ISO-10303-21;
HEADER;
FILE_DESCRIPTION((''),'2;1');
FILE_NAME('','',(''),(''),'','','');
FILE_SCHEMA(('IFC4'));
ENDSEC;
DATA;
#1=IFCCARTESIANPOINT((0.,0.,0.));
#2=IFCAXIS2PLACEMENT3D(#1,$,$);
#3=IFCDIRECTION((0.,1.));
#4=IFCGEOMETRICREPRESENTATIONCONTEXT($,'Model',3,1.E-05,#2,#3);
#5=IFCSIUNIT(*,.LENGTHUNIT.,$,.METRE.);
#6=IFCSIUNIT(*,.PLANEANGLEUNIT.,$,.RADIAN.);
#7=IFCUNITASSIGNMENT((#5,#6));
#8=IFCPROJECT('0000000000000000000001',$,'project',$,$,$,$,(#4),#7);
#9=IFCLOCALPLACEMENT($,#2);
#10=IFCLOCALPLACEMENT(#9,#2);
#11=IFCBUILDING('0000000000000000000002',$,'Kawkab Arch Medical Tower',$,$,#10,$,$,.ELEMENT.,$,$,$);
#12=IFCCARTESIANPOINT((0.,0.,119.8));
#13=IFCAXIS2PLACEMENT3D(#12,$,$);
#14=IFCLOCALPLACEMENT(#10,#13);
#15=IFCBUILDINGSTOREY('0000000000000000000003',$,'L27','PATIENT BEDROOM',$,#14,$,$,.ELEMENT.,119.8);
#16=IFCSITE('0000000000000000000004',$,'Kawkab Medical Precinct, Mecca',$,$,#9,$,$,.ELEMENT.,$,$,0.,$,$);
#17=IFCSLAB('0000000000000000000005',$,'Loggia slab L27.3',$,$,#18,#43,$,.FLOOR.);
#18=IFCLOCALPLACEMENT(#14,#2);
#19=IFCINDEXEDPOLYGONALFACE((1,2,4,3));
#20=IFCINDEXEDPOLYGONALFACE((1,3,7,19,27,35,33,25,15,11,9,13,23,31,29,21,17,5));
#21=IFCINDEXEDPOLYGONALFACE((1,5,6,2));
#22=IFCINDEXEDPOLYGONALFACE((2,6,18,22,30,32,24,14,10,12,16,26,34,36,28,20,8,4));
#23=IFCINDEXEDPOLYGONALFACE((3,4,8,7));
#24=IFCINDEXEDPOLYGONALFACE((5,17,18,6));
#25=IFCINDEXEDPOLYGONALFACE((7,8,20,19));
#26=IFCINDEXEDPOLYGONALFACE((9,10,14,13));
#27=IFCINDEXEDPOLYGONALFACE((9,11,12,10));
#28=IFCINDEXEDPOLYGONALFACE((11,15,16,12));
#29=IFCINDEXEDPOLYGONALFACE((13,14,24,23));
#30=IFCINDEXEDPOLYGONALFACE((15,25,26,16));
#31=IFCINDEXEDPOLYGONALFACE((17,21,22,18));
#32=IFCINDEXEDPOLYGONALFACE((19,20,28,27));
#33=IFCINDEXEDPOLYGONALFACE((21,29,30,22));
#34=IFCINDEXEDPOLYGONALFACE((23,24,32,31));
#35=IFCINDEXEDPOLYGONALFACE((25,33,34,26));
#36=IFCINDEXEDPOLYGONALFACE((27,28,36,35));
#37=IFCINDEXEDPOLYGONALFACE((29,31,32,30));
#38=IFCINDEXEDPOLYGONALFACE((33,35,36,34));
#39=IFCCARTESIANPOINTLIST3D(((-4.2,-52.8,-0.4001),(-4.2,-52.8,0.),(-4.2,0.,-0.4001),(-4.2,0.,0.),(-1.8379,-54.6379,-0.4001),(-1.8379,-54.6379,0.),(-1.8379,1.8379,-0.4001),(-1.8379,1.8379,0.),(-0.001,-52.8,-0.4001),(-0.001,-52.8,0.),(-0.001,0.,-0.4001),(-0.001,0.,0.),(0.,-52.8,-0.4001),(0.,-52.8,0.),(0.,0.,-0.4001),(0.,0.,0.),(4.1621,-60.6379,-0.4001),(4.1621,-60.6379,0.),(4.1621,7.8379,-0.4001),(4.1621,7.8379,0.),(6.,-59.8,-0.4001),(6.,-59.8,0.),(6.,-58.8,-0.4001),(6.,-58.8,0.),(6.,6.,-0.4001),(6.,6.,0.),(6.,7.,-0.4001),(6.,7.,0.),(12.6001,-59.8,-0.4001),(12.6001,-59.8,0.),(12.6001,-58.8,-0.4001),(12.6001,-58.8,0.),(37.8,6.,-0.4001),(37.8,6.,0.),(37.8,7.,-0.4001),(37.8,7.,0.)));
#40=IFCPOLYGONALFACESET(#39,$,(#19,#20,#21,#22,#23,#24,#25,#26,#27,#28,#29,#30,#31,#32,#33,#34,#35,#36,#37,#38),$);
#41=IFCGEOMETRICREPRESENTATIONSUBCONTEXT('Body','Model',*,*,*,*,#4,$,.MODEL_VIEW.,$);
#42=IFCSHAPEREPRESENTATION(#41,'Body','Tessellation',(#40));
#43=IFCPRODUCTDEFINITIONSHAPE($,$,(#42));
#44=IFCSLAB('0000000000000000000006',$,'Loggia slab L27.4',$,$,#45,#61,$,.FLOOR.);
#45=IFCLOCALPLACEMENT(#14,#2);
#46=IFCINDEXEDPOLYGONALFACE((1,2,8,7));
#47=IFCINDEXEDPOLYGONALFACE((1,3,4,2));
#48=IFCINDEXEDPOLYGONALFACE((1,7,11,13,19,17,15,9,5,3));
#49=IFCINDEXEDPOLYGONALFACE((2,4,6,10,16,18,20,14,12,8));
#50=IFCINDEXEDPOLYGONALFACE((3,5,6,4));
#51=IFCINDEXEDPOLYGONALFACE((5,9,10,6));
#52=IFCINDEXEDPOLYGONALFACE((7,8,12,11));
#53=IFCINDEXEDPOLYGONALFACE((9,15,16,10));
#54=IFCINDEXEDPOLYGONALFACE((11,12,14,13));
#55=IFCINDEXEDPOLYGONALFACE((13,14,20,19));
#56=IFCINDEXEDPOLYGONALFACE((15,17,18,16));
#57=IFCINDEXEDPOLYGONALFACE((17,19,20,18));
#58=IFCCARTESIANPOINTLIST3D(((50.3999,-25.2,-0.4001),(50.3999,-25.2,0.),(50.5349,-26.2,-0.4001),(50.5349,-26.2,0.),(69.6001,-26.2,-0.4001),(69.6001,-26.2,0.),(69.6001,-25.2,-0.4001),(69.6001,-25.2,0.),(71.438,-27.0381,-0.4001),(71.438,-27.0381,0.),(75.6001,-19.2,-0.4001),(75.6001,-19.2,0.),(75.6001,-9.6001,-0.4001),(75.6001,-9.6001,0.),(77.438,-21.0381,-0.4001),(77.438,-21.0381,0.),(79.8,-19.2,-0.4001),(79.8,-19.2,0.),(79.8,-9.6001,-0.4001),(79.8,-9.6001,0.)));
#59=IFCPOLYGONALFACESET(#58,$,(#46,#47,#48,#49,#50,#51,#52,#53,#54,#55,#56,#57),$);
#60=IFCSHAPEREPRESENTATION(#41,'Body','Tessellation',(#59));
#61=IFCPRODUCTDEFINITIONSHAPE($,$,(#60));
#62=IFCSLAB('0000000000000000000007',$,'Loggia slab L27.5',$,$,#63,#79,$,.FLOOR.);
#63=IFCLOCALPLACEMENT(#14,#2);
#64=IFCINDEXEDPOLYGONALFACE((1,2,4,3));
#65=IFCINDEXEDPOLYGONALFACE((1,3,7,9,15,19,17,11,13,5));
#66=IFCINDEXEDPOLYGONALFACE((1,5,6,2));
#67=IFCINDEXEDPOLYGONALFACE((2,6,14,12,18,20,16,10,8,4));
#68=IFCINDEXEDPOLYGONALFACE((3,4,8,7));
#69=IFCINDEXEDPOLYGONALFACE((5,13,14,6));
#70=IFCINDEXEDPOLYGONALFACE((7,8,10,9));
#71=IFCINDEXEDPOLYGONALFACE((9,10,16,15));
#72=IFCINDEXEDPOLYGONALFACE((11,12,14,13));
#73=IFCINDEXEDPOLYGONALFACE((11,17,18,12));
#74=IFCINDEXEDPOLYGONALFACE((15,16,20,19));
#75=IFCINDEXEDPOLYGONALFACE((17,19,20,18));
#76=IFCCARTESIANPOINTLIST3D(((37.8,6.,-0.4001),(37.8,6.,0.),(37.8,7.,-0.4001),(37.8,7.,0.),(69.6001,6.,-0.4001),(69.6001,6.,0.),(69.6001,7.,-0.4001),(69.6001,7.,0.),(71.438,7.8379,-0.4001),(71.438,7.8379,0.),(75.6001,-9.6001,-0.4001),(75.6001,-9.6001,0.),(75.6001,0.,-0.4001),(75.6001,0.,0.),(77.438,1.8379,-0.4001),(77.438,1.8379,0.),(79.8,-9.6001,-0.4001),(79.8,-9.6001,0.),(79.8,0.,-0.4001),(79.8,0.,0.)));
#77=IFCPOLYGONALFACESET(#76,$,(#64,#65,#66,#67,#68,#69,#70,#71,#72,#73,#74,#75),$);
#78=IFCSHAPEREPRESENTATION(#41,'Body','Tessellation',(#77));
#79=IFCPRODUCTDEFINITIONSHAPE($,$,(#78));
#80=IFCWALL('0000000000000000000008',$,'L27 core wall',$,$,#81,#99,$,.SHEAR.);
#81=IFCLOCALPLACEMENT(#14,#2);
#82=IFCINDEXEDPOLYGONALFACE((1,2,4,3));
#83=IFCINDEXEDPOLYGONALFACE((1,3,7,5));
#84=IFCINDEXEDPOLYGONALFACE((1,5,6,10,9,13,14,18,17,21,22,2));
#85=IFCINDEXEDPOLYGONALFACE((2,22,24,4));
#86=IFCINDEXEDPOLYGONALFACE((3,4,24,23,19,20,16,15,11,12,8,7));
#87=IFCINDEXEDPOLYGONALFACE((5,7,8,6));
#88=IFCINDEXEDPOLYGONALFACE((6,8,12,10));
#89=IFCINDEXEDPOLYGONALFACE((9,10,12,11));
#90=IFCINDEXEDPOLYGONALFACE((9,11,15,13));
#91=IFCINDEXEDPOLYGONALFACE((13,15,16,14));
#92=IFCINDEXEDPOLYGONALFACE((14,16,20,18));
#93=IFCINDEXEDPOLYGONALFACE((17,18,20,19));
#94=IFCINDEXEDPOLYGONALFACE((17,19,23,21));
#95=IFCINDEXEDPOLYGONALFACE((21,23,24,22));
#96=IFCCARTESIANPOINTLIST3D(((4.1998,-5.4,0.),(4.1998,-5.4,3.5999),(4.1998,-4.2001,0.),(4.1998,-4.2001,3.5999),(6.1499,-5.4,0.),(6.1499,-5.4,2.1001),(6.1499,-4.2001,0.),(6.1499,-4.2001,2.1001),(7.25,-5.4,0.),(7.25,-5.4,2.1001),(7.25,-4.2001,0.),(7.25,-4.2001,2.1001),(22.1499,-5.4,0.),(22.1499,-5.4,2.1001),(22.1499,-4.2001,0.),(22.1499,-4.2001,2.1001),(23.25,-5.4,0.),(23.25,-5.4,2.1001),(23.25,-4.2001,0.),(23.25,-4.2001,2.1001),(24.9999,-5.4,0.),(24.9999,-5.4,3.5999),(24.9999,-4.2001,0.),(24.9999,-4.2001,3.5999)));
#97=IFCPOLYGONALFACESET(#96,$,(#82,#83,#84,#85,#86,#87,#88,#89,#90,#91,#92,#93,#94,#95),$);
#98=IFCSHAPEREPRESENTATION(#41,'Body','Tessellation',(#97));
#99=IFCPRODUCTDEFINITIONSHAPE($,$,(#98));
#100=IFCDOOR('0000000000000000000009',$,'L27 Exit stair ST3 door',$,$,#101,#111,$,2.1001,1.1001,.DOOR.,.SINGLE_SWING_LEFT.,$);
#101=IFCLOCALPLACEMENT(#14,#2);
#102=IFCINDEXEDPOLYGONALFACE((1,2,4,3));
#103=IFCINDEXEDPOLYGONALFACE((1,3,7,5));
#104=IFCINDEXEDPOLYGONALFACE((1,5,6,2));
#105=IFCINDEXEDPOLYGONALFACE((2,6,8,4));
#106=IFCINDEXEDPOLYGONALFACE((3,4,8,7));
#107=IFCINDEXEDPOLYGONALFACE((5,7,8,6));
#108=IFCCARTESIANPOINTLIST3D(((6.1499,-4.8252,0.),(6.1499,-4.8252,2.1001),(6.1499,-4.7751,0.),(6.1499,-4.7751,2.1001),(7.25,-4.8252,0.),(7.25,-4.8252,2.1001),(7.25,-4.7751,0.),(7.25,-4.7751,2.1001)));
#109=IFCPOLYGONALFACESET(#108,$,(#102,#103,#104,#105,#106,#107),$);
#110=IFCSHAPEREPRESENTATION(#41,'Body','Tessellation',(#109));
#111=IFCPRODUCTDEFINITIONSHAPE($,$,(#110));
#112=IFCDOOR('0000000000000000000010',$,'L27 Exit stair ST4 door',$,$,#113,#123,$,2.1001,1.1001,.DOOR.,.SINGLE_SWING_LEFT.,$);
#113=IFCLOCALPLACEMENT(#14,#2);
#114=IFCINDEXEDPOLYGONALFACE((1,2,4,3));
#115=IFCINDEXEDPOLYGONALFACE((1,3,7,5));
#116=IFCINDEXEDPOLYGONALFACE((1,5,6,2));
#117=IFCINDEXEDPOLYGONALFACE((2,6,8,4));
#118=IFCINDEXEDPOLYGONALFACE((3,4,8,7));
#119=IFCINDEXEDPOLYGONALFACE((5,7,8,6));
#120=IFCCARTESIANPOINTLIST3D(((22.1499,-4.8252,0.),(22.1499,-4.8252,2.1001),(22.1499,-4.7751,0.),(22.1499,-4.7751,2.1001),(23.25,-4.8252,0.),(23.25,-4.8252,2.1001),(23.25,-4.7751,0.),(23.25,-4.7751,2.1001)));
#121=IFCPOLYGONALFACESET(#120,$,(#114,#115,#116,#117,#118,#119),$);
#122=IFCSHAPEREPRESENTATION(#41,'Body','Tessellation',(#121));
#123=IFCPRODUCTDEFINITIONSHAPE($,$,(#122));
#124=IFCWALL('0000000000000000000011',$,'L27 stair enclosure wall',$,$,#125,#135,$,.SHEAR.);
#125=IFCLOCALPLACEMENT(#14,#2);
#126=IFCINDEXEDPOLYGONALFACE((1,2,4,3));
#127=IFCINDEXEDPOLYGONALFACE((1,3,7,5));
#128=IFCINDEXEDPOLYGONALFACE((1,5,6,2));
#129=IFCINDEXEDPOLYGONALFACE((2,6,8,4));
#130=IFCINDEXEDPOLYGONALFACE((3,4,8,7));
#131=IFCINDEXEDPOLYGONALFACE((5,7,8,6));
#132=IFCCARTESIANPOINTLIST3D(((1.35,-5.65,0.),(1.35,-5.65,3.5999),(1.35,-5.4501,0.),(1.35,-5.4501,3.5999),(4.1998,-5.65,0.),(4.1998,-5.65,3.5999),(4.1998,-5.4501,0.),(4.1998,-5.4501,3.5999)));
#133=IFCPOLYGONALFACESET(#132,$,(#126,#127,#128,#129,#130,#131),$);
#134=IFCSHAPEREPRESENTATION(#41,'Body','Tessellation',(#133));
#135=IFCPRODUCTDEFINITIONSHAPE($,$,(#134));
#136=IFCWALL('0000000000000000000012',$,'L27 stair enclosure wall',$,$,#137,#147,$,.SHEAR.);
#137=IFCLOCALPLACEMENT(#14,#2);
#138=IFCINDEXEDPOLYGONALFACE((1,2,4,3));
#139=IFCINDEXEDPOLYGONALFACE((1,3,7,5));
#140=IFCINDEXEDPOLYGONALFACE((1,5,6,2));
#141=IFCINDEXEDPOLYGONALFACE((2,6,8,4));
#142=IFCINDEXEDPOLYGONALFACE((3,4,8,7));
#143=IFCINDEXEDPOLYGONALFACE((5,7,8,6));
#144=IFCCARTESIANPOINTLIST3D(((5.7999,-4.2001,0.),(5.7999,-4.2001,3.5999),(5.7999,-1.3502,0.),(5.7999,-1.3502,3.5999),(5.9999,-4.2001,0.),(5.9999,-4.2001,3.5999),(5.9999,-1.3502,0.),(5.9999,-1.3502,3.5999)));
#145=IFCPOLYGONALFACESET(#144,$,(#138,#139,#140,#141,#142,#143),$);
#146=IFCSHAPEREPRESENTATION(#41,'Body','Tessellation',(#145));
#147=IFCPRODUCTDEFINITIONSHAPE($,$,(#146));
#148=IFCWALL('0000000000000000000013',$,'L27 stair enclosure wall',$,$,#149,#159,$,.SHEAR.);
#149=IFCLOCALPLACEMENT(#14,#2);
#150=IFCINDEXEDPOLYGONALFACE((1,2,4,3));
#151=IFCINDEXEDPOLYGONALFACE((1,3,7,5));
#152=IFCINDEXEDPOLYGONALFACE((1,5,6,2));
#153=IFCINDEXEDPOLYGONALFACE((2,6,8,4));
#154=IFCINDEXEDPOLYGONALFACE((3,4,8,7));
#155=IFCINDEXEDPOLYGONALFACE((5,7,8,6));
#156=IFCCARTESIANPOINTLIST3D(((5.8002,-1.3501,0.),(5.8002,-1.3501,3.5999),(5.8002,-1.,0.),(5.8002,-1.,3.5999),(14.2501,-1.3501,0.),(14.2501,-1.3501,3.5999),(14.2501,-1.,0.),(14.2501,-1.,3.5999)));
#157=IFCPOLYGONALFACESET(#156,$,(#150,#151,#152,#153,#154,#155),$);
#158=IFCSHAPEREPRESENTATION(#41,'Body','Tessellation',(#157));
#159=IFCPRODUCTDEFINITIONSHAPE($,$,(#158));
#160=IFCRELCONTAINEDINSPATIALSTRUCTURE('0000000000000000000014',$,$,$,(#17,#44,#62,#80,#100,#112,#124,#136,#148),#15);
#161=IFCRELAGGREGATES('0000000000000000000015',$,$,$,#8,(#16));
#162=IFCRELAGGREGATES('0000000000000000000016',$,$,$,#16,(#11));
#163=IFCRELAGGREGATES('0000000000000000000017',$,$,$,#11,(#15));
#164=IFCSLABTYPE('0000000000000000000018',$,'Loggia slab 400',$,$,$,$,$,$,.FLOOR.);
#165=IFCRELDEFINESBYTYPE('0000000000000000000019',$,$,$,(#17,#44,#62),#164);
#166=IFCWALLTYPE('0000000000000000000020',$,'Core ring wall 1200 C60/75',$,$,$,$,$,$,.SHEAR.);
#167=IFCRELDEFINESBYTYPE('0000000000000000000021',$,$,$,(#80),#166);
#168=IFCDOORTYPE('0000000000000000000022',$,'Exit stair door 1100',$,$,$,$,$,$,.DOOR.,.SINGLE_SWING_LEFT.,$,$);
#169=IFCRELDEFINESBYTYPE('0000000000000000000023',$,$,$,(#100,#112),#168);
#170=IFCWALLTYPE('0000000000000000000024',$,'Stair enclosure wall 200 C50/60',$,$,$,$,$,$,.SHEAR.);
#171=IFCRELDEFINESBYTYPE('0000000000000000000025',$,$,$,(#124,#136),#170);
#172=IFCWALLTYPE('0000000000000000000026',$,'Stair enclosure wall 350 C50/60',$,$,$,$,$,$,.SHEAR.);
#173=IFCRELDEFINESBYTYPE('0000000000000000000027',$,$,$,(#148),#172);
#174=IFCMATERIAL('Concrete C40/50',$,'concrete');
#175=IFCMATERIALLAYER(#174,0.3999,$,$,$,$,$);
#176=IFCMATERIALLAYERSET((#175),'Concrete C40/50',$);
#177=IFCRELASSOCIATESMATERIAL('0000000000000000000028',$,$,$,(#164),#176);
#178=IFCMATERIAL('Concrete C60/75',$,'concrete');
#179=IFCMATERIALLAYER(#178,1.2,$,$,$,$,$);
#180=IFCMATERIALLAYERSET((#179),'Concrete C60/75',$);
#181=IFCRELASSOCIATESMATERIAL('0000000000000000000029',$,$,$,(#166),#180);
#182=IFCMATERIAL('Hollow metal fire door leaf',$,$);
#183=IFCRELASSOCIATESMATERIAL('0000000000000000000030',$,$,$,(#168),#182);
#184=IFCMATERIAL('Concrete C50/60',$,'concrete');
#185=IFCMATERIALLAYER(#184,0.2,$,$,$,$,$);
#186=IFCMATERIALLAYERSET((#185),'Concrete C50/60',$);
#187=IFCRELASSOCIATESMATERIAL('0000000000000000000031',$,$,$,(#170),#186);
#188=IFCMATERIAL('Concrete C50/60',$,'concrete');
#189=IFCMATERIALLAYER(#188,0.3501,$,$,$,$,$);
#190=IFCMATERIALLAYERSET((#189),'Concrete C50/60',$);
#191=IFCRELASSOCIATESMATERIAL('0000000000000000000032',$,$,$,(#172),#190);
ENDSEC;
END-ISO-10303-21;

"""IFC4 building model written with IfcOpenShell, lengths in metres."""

from ifc_helpers import new_model, si_unit, direction, frame, frame_2d, origin, place, context, subcontext, project, spatial, polyline, rectangle, outline, extrude, material, layer, layer_set, type_object, element, fill, save


model = new_model("IFC4")

# Units and contexts
model_context = context("Model", 3, precision=1e-05, world=origin(), true_north=direction((0.0, 1.0)))
body_context = subcontext(model_context, "Body", "Model", "MODEL_VIEW")
ifc_project = project(units=[si_unit("LENGTHUNIT", "METRE"), si_unit("PLANEANGLEUNIT", "RADIAN")], contexts=[model_context])

# Site, building, storey
site_placement = place(None, origin())
site = spatial("IfcSite", under=ifc_project, at=site_placement, Name="Kawkab Medical Precinct, Mecca", CompositionType="ELEMENT", RefElevation=0.0)
building_placement = place(site_placement, origin())
building = spatial("IfcBuilding", under=site, at=building_placement, Name="Kawkab Arch Medical Tower", CompositionType="ELEMENT")
storey_placement = place(building_placement, frame((0.0, 0.0, 119.8)))
storey = spatial("IfcBuildingStorey", under=building, at=storey_placement, Name="L27", Description="PATIENT BEDROOM", CompositionType="ELEMENT", Elevation=119.8)

# Slabs
ifc_material_1 = material(Name="Concrete C40/50", Category="concrete")
ifc_layer_1 = layer(ifc_material_1, 0.3999)
ifc_layer_set_1 = layer_set([ifc_layer_1], Name="Concrete C40/50")
slab_type_1 = type_object("IfcSlabType", Name="Loggia slab 400", PredefinedType="FLOOR", material=ifc_layer_set_1)
placement_1 = place(storey_placement, frame((0.0, 0.0, -0.4001)))
element("IfcSlab", 1, at=placement_1, inside=storey, type_object=slab_type_1, Name="Loggia slab L27.3", PredefinedType="FLOOR", context=body_context, shape_type="SweptSolid", body=[
    extrude(outline(polyline([(-4.2, 0.0), (-1.8379, 1.8379), (4.1621, 7.8379), (6.0, 7.0), (37.8, 7.0), (37.8, 6.0), (6.0, 6.0), (0.0, 0.0), (-0.001, 0.0), (-0.001, -52.8), (0.0, -52.8), (6.0, -58.8), (12.6001, -58.8), (12.6001, -59.8), (6.0, -59.8), (4.1621, -60.6379), (-1.8379, -54.6379), (-4.2, -52.8), (-4.2, 0.0)])), origin(), (0.0, 0.0, 1.0), 0.4001),
])
element("IfcSlab", 2, at=placement_1, inside=storey, type_object=slab_type_1, Name="Loggia slab L27.4", PredefinedType="FLOOR", context=body_context, shape_type="SweptSolid", body=[
    extrude(outline(polyline([(77.438, -21.0381), (71.438, -27.0381), (69.6001, -26.2), (50.5349, -26.2), (50.3999, -25.2), (69.6001, -25.2), (75.6001, -19.2), (75.6001, -9.6001), (79.8, -9.6001), (79.8, -19.2), (77.438, -21.0381)])), origin(), (0.0, 0.0, 1.0), 0.4001),
])
element("IfcSlab", 3, at=placement_1, inside=storey, type_object=slab_type_1, Name="Loggia slab L27.5", PredefinedType="FLOOR", context=body_context, shape_type="SweptSolid", body=[
    extrude(outline(polyline([(71.438, 7.8379), (77.438, 1.8379), (79.8, 0.0), (79.8, -9.6001), (75.6001, -9.6001), (75.6001, 0.0), (69.6001, 6.0), (37.8, 6.0), (37.8, 7.0), (69.6001, 7.0), (71.438, 7.8379)])), origin(), (0.0, 0.0, 1.0), 0.4001),
])

# Wall, openings, doors
ifc_material_2 = material(Name="Concrete C60/75", Category="concrete")
ifc_layer_2 = layer(ifc_material_2, 1.2)
ifc_layer_set_2 = layer_set([ifc_layer_2], Name="Concrete C60/75")
wall_type_1 = type_object("IfcWallType", Name="Core ring wall 1200 C60/75", PredefinedType="SHEAR", material=ifc_layer_set_2)
wall_1_placement = place(storey_placement, frame((4.2, -4.8, 0.0), z_axis=(0.0, 0.0, 1.0), x_axis=(1.0, 0.0, 0.0)))
wall_1 = element("IfcWall", 4, at=wall_1_placement, inside=storey, type_object=wall_type_1, Name="L27 core wall", PredefinedType="SHEAR", context=body_context, shape_type="SweptSolid", body=[
    extrude(rectangle(XDim=20.8, YDim=1.2, at=frame_2d((10.3999, 0.0))), origin(), (0.0, 0.0, 1.0), 3.5999),
])
opening_1_placement = place(wall_1_placement, frame((1.95, 0.0, 0.0)))
opening_1 = element("IfcOpeningElement", 5, at=opening_1_placement, cuts=wall_1, PredefinedType="OPENING", context=body_context, shape_type="SweptSolid", body=[
    extrude(rectangle(XDim=1.1001, YDim=2.1001, at=frame_2d((0.55, 1.05))), frame((0.0, 0.6099, 0.0), z_axis=(0.0, -1.0, 0.0), x_axis=(1.0, 0.0, 0.0)), (0.0, 0.0, 1.0), 1.22),
])
opening_2_placement = place(wall_1_placement, frame((17.95, 0.0, 0.0)))
opening_2 = element("IfcOpeningElement", 6, at=opening_2_placement, cuts=wall_1, PredefinedType="OPENING", context=body_context, shape_type="SweptSolid", body=[
    extrude(rectangle(XDim=1.1001, YDim=2.1001, at=frame_2d((0.55, 1.05))), frame((0.0, 0.6099, 0.0), z_axis=(0.0, -1.0, 0.0), x_axis=(1.0, 0.0, 0.0)), (0.0, 0.0, 1.0), 1.22),
])
ifc_material_3 = material(Name="Hollow metal fire door leaf")
door_type = type_object("IfcDoorType", Name="Exit stair door 1100", OperationType="SINGLE_SWING_LEFT", PredefinedType="DOOR", material=ifc_material_3)
door_1_placement = place(opening_1_placement, origin())
door_1 = element("IfcDoor", 7, at=door_1_placement, inside=storey, type_object=door_type, Name="L27 Exit stair ST3 door", OperationType="SINGLE_SWING_LEFT", OverallHeight=2.1001, OverallWidth=1.1001, PredefinedType="DOOR", context=body_context, shape_type="SweptSolid", body=[
    extrude(rectangle(XDim=1.1001, YDim=2.1001, at=frame_2d((0.55, 1.05))), frame((0.0, 0.0249, 0.0), z_axis=(0.0, -1.0, 0.0), x_axis=(1.0, 0.0, 0.0)), (0.0, 0.0, 1.0), 0.05),
])
fill(opening_1, door_1)
door_2_placement = place(opening_2_placement, origin())
door_2 = element("IfcDoor", 8, at=door_2_placement, inside=storey, type_object=door_type, Name="L27 Exit stair ST4 door", OperationType="SINGLE_SWING_LEFT", OverallHeight=2.1001, OverallWidth=1.1001, PredefinedType="DOOR", context=body_context, shape_type="SweptSolid", body=[
    extrude(rectangle(XDim=1.1001, YDim=2.1001, at=frame_2d((0.55, 1.05))), frame((0.0, 0.0249, 0.0), z_axis=(0.0, -1.0, 0.0), x_axis=(1.0, 0.0, 0.0)), (0.0, 0.0, 1.0), 0.05),
])
fill(opening_2, door_2)

# Walls
ifc_material_4 = material(Name="Concrete C50/60", Category="concrete")
ifc_layer_3 = layer(ifc_material_4, 0.2)
ifc_layer_set_3 = layer_set([ifc_layer_3], Name="Concrete C50/60")
wall_type_2 = type_object("IfcWallType", Name="Stair enclosure wall 200 C50/60", PredefinedType="SHEAR", material=ifc_layer_set_3)
for number, where, z_axis, x_axis, name in (
    (9, (1.3501, -5.55, 0.0), (0.0, 0.0, 1.0), (1.0, 0.0, 0.0), "L27 stair enclosure wall"),
    (10, (5.8999, -4.2, 0.0), (0.0, 0.0, 1.0), (0.0, 1.0, 0.0), "L27 stair enclosure wall"),
):
    element("IfcWall", number, at=place(storey_placement, frame(where, z_axis=z_axis, x_axis=x_axis)), inside=storey, type_object=wall_type_2, Name=name, PredefinedType="SHEAR", context=body_context, shape_type="SweptSolid", body=[
        extrude(rectangle(XDim=2.8499, YDim=0.2, at=frame_2d((1.4248, 0.0))), origin(), (0.0, 0.0, 1.0), 3.5999),
    ])
ifc_material_5 = material(Name="Concrete C50/60", Category="concrete")
ifc_layer_4 = layer(ifc_material_5, 0.3501)
ifc_layer_set_4 = layer_set([ifc_layer_4], Name="Concrete C50/60")
wall_type_3 = type_object("IfcWallType", Name="Stair enclosure wall 350 C50/60", PredefinedType="SHEAR", material=ifc_layer_set_4)
wall_2_placement = place(storey_placement, frame((5.8, -1.175, 0.0), z_axis=(0.0, 0.0, 1.0), x_axis=(1.0, 0.0, 0.0)))
element("IfcWall", 11, at=wall_2_placement, inside=storey, type_object=wall_type_3, Name="L27 stair enclosure wall", PredefinedType="SHEAR", context=body_context, shape_type="SweptSolid", body=[
    extrude(rectangle(XDim=8.45, YDim=0.3501, at=frame_2d((4.2251, 0.0))), origin(), (0.0, 0.0, 1.0), 3.5999),
])

save(model, "model.ifc")
